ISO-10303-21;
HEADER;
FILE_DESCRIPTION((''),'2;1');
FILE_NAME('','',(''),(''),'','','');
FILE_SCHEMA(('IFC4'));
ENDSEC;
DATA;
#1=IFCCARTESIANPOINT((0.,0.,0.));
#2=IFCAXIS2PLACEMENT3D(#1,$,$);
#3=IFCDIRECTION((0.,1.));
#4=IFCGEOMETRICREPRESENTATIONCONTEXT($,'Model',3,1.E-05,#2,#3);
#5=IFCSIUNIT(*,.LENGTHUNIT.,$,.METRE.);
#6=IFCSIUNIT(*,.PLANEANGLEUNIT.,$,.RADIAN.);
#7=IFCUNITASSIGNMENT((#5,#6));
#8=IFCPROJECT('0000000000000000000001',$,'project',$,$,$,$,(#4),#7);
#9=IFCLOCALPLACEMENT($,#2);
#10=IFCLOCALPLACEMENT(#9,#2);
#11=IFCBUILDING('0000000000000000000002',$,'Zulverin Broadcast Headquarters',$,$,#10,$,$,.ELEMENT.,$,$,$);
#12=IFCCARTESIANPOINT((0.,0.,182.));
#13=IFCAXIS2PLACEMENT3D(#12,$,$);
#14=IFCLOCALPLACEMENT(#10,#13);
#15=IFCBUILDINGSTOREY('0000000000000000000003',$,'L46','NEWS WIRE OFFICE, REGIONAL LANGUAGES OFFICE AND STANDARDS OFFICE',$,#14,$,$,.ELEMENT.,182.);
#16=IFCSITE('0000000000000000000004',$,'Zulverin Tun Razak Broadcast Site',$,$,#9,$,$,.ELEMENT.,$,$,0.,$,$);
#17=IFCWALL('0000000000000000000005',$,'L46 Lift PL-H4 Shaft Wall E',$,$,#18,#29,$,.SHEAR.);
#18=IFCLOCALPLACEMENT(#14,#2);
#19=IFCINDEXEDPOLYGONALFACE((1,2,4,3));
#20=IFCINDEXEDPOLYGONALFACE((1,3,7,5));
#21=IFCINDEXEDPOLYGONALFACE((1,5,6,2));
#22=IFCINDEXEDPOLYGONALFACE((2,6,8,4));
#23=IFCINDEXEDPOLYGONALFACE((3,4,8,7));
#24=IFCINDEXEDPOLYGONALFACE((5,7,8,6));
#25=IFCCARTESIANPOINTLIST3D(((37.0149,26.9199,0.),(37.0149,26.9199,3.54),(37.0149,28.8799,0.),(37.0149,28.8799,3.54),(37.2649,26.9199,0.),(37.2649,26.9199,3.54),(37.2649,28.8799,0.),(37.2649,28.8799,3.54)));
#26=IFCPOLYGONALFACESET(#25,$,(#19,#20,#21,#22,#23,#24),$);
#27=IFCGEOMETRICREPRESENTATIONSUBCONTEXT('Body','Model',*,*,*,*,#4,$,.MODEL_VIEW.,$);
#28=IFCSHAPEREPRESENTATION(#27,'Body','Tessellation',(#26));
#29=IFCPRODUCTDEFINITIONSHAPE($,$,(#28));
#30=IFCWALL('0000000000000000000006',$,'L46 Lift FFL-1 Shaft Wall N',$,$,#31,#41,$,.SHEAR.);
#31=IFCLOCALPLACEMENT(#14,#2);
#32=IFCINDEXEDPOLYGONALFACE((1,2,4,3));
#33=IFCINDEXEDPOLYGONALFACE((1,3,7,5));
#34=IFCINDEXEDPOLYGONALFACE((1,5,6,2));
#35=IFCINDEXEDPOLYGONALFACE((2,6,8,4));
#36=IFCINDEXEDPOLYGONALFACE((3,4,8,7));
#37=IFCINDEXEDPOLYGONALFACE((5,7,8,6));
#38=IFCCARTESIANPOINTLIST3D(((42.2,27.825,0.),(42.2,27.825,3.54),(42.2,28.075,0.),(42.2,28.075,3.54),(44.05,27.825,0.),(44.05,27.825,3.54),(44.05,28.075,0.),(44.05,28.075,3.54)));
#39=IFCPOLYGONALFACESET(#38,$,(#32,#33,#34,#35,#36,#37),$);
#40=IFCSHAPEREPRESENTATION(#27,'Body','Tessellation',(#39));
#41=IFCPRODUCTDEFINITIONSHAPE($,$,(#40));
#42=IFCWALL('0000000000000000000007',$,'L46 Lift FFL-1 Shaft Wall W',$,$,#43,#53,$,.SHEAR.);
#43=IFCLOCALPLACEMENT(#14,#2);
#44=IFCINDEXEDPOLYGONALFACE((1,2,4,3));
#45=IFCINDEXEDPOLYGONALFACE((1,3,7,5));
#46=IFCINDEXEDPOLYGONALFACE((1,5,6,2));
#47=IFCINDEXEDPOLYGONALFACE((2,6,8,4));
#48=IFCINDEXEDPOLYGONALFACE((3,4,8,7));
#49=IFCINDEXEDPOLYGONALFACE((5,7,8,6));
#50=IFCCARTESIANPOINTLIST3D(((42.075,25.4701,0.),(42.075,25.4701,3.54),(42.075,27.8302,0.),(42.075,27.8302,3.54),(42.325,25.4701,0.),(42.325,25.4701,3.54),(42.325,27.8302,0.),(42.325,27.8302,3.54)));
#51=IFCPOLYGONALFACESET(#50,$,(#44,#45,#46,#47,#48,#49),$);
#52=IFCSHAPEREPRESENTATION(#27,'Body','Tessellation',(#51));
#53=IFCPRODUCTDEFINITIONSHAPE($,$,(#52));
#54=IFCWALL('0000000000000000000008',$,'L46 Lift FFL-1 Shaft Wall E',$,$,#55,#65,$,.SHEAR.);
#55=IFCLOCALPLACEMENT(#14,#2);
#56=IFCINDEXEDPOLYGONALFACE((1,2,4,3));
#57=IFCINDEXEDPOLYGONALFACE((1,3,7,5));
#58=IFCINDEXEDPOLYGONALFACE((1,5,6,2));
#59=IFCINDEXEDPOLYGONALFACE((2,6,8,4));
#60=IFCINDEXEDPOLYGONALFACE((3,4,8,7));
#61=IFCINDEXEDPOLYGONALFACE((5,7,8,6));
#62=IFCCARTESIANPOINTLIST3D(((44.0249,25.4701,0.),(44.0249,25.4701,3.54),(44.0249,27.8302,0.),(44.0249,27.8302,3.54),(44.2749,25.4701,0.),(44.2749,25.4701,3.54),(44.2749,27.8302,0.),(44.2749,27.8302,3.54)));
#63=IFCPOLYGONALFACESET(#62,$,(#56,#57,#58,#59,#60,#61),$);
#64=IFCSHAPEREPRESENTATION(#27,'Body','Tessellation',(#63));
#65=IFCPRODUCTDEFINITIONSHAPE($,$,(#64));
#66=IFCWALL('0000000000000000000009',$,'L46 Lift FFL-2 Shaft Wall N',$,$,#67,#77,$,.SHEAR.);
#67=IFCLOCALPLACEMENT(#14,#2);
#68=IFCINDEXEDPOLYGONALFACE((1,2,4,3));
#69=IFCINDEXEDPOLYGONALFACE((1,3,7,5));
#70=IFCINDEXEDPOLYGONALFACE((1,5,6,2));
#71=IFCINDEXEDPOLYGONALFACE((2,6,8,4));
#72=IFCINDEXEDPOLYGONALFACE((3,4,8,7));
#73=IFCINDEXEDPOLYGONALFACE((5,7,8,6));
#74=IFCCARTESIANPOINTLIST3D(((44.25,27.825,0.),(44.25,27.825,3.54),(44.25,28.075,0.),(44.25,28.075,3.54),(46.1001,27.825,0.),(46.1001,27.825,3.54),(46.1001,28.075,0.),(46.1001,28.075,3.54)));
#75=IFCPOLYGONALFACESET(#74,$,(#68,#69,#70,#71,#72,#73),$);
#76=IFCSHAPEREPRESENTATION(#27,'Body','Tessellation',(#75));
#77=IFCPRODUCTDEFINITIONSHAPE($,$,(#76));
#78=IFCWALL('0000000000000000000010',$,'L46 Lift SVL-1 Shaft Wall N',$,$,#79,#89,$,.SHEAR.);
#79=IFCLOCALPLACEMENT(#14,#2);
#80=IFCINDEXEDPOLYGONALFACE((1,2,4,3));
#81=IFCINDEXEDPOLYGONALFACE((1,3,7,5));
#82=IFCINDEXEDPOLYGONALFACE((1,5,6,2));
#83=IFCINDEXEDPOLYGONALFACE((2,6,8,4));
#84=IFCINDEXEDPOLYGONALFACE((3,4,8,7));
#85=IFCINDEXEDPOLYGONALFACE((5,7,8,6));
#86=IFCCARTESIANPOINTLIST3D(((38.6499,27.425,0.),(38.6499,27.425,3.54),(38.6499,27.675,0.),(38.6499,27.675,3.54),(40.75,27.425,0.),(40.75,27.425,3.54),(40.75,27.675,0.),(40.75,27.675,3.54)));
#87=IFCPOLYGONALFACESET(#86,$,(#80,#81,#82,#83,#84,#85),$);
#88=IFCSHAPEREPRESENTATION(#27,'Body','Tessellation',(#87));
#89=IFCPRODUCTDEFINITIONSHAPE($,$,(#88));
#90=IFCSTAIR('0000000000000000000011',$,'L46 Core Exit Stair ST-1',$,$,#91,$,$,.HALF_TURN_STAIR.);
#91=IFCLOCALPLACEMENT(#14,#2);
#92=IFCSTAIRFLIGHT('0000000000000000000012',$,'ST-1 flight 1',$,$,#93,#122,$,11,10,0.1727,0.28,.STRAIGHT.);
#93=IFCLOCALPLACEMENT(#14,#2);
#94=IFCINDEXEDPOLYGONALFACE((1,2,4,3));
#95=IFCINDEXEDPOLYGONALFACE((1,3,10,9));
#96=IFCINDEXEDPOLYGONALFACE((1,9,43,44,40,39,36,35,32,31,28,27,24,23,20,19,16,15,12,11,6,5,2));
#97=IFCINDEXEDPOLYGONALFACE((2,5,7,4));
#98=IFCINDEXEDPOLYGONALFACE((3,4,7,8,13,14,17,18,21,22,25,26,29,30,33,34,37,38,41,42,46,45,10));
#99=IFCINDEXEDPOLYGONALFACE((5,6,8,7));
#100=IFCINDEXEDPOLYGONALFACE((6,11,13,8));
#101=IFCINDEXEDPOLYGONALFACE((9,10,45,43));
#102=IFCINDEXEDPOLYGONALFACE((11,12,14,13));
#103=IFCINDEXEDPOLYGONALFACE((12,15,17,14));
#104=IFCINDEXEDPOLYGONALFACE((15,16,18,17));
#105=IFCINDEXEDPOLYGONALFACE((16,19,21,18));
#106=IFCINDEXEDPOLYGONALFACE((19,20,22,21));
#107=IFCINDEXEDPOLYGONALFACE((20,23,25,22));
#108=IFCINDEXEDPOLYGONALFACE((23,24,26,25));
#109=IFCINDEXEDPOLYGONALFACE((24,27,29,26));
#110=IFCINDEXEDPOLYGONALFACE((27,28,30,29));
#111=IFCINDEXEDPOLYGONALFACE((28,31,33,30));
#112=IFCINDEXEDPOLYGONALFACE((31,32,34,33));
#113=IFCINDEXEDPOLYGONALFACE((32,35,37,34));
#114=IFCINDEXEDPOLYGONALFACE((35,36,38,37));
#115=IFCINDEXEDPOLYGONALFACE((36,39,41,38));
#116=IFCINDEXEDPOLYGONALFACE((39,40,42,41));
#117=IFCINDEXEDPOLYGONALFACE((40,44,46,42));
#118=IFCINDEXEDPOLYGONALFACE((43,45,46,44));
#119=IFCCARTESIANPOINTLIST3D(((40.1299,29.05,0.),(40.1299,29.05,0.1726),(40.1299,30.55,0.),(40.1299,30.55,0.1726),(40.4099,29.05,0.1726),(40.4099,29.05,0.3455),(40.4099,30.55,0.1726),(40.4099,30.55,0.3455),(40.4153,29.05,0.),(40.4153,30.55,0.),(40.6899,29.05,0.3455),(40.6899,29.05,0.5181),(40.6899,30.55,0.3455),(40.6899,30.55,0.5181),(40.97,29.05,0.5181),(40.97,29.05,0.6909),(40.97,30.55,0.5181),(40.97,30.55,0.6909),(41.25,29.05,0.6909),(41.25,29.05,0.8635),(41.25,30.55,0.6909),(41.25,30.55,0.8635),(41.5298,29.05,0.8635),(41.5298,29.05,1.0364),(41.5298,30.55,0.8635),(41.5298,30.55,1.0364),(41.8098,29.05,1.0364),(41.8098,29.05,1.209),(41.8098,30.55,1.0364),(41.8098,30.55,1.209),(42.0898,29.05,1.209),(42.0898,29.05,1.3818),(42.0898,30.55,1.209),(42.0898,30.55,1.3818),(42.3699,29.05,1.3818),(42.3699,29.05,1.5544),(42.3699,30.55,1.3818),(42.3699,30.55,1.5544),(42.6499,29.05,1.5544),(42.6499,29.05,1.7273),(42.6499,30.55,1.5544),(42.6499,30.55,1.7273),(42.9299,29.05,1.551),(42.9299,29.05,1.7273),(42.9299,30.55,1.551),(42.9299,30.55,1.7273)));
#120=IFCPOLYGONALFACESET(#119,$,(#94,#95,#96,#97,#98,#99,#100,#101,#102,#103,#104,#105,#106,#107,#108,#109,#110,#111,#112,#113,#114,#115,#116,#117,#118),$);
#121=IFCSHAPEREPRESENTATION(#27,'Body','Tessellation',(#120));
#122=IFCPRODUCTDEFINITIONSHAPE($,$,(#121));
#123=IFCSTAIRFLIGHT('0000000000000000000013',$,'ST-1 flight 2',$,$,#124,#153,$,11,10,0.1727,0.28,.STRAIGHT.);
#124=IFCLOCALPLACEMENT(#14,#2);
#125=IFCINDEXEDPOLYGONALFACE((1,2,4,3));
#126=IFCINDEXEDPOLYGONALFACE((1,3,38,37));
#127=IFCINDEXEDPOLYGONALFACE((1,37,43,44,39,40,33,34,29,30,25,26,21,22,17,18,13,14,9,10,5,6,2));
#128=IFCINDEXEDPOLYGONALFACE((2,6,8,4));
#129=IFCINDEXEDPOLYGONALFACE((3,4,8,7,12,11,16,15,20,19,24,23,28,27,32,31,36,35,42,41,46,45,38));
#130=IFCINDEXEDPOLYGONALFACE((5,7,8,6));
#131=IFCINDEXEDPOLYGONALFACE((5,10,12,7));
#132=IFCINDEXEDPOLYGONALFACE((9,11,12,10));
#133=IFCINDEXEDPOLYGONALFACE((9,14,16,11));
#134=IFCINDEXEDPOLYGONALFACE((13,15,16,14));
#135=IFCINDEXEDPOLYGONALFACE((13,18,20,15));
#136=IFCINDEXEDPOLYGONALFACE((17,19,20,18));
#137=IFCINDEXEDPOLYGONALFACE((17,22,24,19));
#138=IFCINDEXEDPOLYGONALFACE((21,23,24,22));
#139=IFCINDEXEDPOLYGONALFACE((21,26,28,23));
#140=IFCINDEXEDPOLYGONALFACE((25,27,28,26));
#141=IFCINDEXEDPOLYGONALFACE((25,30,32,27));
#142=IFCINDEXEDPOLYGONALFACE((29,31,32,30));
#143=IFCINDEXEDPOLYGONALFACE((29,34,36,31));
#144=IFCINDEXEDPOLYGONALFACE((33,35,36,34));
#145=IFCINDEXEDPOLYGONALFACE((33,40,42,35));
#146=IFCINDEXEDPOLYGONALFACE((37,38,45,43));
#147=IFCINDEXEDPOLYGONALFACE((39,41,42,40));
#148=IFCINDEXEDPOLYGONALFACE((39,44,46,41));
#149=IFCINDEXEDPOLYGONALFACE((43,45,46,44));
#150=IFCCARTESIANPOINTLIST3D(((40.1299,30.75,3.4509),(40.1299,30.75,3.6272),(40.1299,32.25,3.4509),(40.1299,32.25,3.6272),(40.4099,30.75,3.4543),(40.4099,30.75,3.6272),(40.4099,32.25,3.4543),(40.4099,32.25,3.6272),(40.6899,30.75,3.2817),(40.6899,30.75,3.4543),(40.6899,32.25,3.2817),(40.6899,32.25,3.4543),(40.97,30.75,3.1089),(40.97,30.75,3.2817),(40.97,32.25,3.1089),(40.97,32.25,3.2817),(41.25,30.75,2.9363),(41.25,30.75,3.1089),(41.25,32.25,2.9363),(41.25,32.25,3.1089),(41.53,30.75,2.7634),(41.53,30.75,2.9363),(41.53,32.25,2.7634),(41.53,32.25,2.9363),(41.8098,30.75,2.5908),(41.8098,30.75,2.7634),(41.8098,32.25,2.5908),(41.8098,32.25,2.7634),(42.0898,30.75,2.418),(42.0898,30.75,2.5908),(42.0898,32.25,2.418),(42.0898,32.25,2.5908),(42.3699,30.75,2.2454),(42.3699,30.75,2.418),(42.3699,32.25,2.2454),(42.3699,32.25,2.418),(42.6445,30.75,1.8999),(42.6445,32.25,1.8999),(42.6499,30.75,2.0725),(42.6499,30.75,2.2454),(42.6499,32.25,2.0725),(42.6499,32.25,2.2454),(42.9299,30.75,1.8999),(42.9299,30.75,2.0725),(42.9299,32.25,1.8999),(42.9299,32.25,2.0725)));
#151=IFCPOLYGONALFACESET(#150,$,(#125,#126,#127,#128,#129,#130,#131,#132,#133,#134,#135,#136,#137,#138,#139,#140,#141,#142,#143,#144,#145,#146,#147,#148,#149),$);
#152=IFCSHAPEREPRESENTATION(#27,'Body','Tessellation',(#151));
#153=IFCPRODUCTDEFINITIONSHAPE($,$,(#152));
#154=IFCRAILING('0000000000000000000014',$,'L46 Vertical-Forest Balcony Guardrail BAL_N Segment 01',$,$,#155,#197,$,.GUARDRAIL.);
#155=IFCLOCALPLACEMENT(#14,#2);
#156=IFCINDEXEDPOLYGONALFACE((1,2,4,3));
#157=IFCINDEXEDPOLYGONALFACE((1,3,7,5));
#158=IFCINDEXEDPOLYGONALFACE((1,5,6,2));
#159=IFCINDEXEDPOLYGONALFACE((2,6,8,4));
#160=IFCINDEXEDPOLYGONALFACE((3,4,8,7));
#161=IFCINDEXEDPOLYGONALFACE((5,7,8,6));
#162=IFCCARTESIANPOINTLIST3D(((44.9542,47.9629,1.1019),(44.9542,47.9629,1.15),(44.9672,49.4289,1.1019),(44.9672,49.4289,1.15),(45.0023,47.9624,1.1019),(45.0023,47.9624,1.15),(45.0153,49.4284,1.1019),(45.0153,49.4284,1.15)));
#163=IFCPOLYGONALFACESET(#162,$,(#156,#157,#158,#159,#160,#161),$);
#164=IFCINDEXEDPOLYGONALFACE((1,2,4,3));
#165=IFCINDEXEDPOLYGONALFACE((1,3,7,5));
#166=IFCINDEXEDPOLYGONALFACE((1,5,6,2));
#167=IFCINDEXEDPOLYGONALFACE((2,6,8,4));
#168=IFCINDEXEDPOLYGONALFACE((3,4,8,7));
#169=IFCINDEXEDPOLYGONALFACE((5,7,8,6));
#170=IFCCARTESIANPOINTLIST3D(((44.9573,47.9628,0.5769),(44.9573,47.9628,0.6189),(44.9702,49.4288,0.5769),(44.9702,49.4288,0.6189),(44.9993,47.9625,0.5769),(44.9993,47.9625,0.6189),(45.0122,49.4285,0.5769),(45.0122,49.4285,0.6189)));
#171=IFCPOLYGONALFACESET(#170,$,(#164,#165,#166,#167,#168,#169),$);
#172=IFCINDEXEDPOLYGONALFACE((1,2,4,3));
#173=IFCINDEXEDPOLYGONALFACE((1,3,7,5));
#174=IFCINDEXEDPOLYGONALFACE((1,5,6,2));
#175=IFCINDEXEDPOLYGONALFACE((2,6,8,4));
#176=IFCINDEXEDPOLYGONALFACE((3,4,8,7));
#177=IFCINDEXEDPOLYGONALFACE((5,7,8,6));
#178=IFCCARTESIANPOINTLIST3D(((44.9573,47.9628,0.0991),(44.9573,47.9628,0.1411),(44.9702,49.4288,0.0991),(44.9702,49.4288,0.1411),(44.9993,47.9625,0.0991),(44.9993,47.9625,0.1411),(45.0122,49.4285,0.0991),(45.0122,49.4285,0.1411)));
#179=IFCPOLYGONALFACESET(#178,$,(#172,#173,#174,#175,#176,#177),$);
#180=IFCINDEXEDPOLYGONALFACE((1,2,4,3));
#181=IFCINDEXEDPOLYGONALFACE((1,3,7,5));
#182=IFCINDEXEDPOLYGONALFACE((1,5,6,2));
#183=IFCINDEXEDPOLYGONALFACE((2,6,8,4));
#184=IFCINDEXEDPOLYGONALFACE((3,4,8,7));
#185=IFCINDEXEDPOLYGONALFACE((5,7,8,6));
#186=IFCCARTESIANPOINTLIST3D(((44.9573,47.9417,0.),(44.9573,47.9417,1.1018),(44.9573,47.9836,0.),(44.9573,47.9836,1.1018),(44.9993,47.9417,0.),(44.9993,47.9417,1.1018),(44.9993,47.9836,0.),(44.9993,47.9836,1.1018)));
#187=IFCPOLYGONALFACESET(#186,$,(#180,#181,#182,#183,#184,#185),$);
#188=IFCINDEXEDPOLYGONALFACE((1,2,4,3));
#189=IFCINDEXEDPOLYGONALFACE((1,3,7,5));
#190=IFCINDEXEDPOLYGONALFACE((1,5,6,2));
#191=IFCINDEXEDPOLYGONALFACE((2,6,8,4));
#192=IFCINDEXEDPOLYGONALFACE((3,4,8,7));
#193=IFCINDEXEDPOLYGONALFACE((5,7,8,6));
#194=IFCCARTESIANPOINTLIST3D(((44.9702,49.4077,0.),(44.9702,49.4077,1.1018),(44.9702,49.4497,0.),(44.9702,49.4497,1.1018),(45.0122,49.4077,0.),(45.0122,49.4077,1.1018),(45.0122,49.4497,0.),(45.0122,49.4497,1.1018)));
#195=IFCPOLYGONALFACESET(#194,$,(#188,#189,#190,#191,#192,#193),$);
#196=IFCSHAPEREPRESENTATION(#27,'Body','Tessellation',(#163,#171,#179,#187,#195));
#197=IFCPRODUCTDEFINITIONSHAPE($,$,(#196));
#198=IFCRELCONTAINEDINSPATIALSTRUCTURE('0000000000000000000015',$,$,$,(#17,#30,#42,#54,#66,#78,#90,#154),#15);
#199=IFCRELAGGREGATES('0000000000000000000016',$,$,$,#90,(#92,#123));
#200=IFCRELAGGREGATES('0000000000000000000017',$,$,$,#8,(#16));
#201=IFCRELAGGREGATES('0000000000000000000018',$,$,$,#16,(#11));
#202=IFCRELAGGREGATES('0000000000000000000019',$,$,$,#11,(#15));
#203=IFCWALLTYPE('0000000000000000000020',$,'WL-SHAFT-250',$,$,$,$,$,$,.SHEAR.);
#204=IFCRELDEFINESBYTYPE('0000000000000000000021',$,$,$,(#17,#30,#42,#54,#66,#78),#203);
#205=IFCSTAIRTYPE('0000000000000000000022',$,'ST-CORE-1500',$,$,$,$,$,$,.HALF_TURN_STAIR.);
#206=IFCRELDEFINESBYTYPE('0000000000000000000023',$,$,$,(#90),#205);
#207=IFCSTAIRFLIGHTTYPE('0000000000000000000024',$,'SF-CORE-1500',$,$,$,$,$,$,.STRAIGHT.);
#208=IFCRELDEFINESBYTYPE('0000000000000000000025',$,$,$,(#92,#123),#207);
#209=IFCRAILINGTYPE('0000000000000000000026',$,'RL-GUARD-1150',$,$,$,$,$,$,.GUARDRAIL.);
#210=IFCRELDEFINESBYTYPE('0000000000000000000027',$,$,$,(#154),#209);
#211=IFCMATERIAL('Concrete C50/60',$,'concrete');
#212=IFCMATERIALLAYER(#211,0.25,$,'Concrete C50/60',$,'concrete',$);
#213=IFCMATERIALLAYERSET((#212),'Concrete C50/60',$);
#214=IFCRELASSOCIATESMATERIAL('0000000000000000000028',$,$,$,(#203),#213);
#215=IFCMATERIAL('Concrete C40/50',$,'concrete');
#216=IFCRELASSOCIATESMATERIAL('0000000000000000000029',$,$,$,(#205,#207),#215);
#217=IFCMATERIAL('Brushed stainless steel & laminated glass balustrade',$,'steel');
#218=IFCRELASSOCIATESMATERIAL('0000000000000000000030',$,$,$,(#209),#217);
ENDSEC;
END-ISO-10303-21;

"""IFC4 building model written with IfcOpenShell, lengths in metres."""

from ifc_helpers import new_model, si_unit, direction, frame, frame_2d, origin, origin_2d, place, context, subcontext, project, spatial, polyline, rectangle, outline, extrude, material, layer, layer_set, type_object, element, aggregate, save


model = new_model("IFC4")

# Units and contexts
model_context = context("Model", 3, precision=1e-05, world=origin(), true_north=direction((0.0, 1.0)))
body_context = subcontext(model_context, "Body", "Model", "MODEL_VIEW")
ifc_project = project(units=[si_unit("LENGTHUNIT", "METRE"), si_unit("PLANEANGLEUNIT", "RADIAN")], contexts=[model_context])

# Site, building, storey
site_placement = place(None, origin())
site = spatial("IfcSite", under=ifc_project, at=site_placement, Name="Zulverin Tun Razak Broadcast Site", CompositionType="ELEMENT", RefElevation=0.0)
building_placement = place(site_placement, origin())
building = spatial("IfcBuilding", under=site, at=building_placement, Name="Zulverin Broadcast Headquarters", CompositionType="ELEMENT")
storey_placement = place(building_placement, frame((0.0, 0.0, 182.0)))
storey = spatial("IfcBuildingStorey", under=building, at=storey_placement, Name="L46", Description="NEWS WIRE OFFICE, REGIONAL LANGUAGES OFFICE AND STANDARDS OFFICE", CompositionType="ELEMENT", Elevation=182.0)

# Shared definitions
ifc_material_1 = material(Name="Concrete C50/60", Category="concrete")

# Shared definitions
ifc_material_2 = material(Name="Concrete C40/50", Category="concrete")

# Shared definitions
ifc_layer_1 = layer(ifc_material_1, 0.25, Name="Concrete C50/60", Category="concrete")
ifc_layer_set_1 = layer_set([ifc_layer_1], Name="Concrete C50/60")
wall_type_1 = type_object("IfcWallType", Name="WL-SHAFT-250", PredefinedType="SHEAR", material=ifc_layer_set_1)

# Walls
wall_1_placement = place(storey_placement, frame((37.1399, 26.9199, 0.0), z_axis=(0.0, 0.0, 1.0), x_axis=(0.0, 1.0, 0.0)))
element("IfcWall", 1, at=wall_1_placement, inside=storey, type_object=wall_type_1, Name="L46 Lift PL-H4 Shaft Wall E", PredefinedType="SHEAR", context=body_context, shape_type="SweptSolid", body=[
    extrude(rectangle(XDim=1.96, YDim=0.25, at=frame_2d((0.98, 0.0))), origin(), (0.0, 0.0, 1.0), 3.54),
])
wall_2_placement = place(storey_placement, frame((42.2, 27.95, 0.0), z_axis=(0.0, 0.0, 1.0), x_axis=(1.0, 0.0, 0.0)))
element("IfcWall", 2, at=wall_2_placement, inside=storey, type_object=wall_type_1, Name="L46 Lift FFL-1 Shaft Wall N", PredefinedType="SHEAR", context=body_context, shape_type="SweptSolid", body=[
    extrude(rectangle(XDim=1.8501, YDim=0.25, at=frame_2d((0.925, 0.0))), origin(), (0.0, 0.0, 1.0), 3.54),
])
for number, where, z_axis, x_axis, name in (
    (3, (42.2, 25.47, 0.0), (0.0, 0.0, 1.0), (0.0, 1.0, 0.0), "L46 Lift FFL-1 Shaft Wall W"),
    (4, (44.1499, 25.47, 0.0), (0.0, 0.0, 1.0), (0.0, 1.0, 0.0), "L46 Lift FFL-1 Shaft Wall E"),
):
    element("IfcWall", number, at=place(storey_placement, frame(where, z_axis=z_axis, x_axis=x_axis)), inside=storey, type_object=wall_type_1, Name=name, PredefinedType="SHEAR", context=body_context, shape_type="SweptSolid", body=[
        extrude(rectangle(XDim=2.3601, YDim=0.25, at=frame_2d((1.1802, 0.0))), origin(), (0.0, 0.0, 1.0), 3.54),
    ])
wall_3_placement = place(storey_placement, frame((44.25, 27.95, 0.0), z_axis=(0.0, 0.0, 1.0), x_axis=(1.0, 0.0, 0.0)))
element("IfcWall", 5, at=wall_3_placement, inside=storey, type_object=wall_type_1, Name="L46 Lift FFL-2 Shaft Wall N", PredefinedType="SHEAR", context=body_context, shape_type="SweptSolid", body=[
    extrude(rectangle(XDim=1.8501, YDim=0.25, at=frame_2d((0.925, 0.0))), origin(), (0.0, 0.0, 1.0), 3.54),
])
wall_4_placement = place(storey_placement, frame((38.6499, 27.55, 0.0), z_axis=(0.0, 0.0, 1.0), x_axis=(1.0, 0.0, 0.0)))
element("IfcWall", 6, at=wall_4_placement, inside=storey, type_object=wall_type_1, Name="L46 Lift SVL-1 Shaft Wall N", PredefinedType="SHEAR", context=body_context, shape_type="SweptSolid", body=[
    extrude(rectangle(XDim=2.1001, YDim=0.25, at=frame_2d((1.05, 0.0))), origin(), (0.0, 0.0, 1.0), 3.54),
])

# Stair, stair flights
stair_type = type_object("IfcStairType", Name="ST-CORE-1500", PredefinedType="HALF_TURN_STAIR", material=ifc_material_2)
stair_placement = place(storey_placement, origin())
stair = element("IfcStair", 7, at=stair_placement, inside=storey, type_object=stair_type, Name="L46 Core Exit Stair ST-1", PredefinedType="HALF_TURN_STAIR")
stair_flight_type = type_object("IfcStairFlightType", Name="SF-CORE-1500", PredefinedType="STRAIGHT", material=ifc_material_2)
stair_flight_1_placement = place(storey_placement, frame((40.1299, 29.8, 0.0), z_axis=(0.0, 0.0, 1.0), x_axis=(1.0, 0.0, 0.0)))
stair_flight_1 = element("IfcStairFlight", 8, at=stair_flight_1_placement, type_object=stair_flight_type, Name="ST-1 flight 1", NumberOfRisers=11, NumberOfTreads=10, PredefinedType="STRAIGHT", RiserHeight=0.1727, TreadLength=0.28, context=body_context, shape_type="SweptSolid", body=[
    extrude(outline(polyline([(0.0, 0.0), (0.0, 0.1726), (0.28, 0.1726), (0.28, 0.3455), (0.5601, 0.3455), (0.5601, 0.5181), (0.8401, 0.5181), (0.8401, 0.6909), (1.1201, 0.6909), (1.1201, 0.8635), (1.3999, 0.8635), (1.3999, 1.0364), (1.6799, 1.0364), (1.6799, 1.209), (1.96, 1.209), (1.96, 1.3818), (2.24, 1.3818), (2.24, 1.5544), (2.52, 1.5544), (2.52, 1.7273), (2.8, 1.7273), (2.8, 1.8999), (2.8, 1.551), (0.2854, 0.0), (0.0, 0.0)])), frame((0.0, 0.75, 0.0), z_axis=(0.0, -1.0, 0.0), x_axis=(1.0, 0.0, 0.0)), (0.0, 0.0, 1.0), 1.5),
])
stair_flight_2_placement = place(storey_placement, frame((42.9299, 31.5, 1.8999), z_axis=(0.0, 0.0, 1.0), x_axis=(-1.0, 0.0, 0.0)))
stair_flight_2 = element("IfcStairFlight", 9, at=stair_flight_2_placement, type_object=stair_flight_type, Name="ST-1 flight 2", NumberOfRisers=11, NumberOfTreads=10, PredefinedType="STRAIGHT", RiserHeight=0.1727, TreadLength=0.28, context=body_context, shape_type="SweptSolid", body=[
    extrude(outline(polyline([(0.0, 0.0), (0.0, 0.1726), (0.28, 0.1726), (0.28, 0.3455), (0.5601, 0.3455), (0.5601, 0.5181), (0.8401, 0.5181), (0.8401, 0.6909), (1.1201, 0.6909), (1.1201, 0.8635), (1.3999, 0.8635), (1.3999, 1.0364), (1.6799, 1.0364), (1.6799, 1.209), (1.96, 1.209), (1.96, 1.3818), (2.24, 1.3818), (2.24, 1.5544), (2.52, 1.5544), (2.52, 1.7273), (2.8, 1.7273), (2.8, 1.8999), (2.8, 1.551), (0.2854, 0.0), (0.0, 0.0)])), frame((0.0, 0.75, 0.0), z_axis=(0.0, -1.0, 0.0), x_axis=(1.0, 0.0, 0.0)), (0.0, 0.0, 1.0), 1.5),
])
aggregate(stair, [stair_flight_1, stair_flight_2])

# Railing
ifc_material_3 = material(Name="Brushed stainless steel & laminated glass balustrade", Category="steel")
railing_type_1 = type_object("IfcRailingType", Name="RL-GUARD-1150", PredefinedType="GUARDRAIL", material=ifc_material_3)
railing_1_placement = place(storey_placement, frame((44.9783, 47.9626, 0.0)))
element("IfcRailing", 10, at=railing_1_placement, inside=storey, type_object=railing_type_1, Name="L46 Vertical-Forest Balcony Guardrail BAL_N Segment 01", PredefinedType="GUARDRAIL", context=body_context, shape_type="SweptSolid", body=[
    extrude(rectangle(XDim=0.0481, YDim=0.0481, at=origin_2d()), frame((0.0, 0.0, 1.126), z_axis=(0.008826, 0.999961, 0.0), x_axis=(-0.999961, 0.008826, 0.0)), (0.0, 0.0, 1.0), 1.4661),
    extrude(rectangle(XDim=0.042, YDim=0.042, at=origin_2d()), frame((0.0, 0.0, 0.5979), z_axis=(0.008826, 0.999961, 0.0), x_axis=(-0.999961, 0.008826, 0.0)), (0.0, 0.0, 1.0), 1.4661),
    extrude(rectangle(XDim=0.042, YDim=0.042, at=origin_2d()), frame((0.0, 0.0, 0.1201), z_axis=(0.008826, 0.999961, 0.0), x_axis=(-0.999961, 0.008826, 0.0)), (0.0, 0.0, 1.0), 1.4661),
    extrude(rectangle(XDim=0.042, YDim=0.042, at=origin_2d()), origin(), (0.0, 0.0, 1.0), 1.1018),
    extrude(rectangle(XDim=0.042, YDim=0.042, at=origin_2d()), frame((0.0129, 1.4661, 0.0)), (0.0, 0.0, 1.0), 1.1018),
])

save(model, "model.ifc")
